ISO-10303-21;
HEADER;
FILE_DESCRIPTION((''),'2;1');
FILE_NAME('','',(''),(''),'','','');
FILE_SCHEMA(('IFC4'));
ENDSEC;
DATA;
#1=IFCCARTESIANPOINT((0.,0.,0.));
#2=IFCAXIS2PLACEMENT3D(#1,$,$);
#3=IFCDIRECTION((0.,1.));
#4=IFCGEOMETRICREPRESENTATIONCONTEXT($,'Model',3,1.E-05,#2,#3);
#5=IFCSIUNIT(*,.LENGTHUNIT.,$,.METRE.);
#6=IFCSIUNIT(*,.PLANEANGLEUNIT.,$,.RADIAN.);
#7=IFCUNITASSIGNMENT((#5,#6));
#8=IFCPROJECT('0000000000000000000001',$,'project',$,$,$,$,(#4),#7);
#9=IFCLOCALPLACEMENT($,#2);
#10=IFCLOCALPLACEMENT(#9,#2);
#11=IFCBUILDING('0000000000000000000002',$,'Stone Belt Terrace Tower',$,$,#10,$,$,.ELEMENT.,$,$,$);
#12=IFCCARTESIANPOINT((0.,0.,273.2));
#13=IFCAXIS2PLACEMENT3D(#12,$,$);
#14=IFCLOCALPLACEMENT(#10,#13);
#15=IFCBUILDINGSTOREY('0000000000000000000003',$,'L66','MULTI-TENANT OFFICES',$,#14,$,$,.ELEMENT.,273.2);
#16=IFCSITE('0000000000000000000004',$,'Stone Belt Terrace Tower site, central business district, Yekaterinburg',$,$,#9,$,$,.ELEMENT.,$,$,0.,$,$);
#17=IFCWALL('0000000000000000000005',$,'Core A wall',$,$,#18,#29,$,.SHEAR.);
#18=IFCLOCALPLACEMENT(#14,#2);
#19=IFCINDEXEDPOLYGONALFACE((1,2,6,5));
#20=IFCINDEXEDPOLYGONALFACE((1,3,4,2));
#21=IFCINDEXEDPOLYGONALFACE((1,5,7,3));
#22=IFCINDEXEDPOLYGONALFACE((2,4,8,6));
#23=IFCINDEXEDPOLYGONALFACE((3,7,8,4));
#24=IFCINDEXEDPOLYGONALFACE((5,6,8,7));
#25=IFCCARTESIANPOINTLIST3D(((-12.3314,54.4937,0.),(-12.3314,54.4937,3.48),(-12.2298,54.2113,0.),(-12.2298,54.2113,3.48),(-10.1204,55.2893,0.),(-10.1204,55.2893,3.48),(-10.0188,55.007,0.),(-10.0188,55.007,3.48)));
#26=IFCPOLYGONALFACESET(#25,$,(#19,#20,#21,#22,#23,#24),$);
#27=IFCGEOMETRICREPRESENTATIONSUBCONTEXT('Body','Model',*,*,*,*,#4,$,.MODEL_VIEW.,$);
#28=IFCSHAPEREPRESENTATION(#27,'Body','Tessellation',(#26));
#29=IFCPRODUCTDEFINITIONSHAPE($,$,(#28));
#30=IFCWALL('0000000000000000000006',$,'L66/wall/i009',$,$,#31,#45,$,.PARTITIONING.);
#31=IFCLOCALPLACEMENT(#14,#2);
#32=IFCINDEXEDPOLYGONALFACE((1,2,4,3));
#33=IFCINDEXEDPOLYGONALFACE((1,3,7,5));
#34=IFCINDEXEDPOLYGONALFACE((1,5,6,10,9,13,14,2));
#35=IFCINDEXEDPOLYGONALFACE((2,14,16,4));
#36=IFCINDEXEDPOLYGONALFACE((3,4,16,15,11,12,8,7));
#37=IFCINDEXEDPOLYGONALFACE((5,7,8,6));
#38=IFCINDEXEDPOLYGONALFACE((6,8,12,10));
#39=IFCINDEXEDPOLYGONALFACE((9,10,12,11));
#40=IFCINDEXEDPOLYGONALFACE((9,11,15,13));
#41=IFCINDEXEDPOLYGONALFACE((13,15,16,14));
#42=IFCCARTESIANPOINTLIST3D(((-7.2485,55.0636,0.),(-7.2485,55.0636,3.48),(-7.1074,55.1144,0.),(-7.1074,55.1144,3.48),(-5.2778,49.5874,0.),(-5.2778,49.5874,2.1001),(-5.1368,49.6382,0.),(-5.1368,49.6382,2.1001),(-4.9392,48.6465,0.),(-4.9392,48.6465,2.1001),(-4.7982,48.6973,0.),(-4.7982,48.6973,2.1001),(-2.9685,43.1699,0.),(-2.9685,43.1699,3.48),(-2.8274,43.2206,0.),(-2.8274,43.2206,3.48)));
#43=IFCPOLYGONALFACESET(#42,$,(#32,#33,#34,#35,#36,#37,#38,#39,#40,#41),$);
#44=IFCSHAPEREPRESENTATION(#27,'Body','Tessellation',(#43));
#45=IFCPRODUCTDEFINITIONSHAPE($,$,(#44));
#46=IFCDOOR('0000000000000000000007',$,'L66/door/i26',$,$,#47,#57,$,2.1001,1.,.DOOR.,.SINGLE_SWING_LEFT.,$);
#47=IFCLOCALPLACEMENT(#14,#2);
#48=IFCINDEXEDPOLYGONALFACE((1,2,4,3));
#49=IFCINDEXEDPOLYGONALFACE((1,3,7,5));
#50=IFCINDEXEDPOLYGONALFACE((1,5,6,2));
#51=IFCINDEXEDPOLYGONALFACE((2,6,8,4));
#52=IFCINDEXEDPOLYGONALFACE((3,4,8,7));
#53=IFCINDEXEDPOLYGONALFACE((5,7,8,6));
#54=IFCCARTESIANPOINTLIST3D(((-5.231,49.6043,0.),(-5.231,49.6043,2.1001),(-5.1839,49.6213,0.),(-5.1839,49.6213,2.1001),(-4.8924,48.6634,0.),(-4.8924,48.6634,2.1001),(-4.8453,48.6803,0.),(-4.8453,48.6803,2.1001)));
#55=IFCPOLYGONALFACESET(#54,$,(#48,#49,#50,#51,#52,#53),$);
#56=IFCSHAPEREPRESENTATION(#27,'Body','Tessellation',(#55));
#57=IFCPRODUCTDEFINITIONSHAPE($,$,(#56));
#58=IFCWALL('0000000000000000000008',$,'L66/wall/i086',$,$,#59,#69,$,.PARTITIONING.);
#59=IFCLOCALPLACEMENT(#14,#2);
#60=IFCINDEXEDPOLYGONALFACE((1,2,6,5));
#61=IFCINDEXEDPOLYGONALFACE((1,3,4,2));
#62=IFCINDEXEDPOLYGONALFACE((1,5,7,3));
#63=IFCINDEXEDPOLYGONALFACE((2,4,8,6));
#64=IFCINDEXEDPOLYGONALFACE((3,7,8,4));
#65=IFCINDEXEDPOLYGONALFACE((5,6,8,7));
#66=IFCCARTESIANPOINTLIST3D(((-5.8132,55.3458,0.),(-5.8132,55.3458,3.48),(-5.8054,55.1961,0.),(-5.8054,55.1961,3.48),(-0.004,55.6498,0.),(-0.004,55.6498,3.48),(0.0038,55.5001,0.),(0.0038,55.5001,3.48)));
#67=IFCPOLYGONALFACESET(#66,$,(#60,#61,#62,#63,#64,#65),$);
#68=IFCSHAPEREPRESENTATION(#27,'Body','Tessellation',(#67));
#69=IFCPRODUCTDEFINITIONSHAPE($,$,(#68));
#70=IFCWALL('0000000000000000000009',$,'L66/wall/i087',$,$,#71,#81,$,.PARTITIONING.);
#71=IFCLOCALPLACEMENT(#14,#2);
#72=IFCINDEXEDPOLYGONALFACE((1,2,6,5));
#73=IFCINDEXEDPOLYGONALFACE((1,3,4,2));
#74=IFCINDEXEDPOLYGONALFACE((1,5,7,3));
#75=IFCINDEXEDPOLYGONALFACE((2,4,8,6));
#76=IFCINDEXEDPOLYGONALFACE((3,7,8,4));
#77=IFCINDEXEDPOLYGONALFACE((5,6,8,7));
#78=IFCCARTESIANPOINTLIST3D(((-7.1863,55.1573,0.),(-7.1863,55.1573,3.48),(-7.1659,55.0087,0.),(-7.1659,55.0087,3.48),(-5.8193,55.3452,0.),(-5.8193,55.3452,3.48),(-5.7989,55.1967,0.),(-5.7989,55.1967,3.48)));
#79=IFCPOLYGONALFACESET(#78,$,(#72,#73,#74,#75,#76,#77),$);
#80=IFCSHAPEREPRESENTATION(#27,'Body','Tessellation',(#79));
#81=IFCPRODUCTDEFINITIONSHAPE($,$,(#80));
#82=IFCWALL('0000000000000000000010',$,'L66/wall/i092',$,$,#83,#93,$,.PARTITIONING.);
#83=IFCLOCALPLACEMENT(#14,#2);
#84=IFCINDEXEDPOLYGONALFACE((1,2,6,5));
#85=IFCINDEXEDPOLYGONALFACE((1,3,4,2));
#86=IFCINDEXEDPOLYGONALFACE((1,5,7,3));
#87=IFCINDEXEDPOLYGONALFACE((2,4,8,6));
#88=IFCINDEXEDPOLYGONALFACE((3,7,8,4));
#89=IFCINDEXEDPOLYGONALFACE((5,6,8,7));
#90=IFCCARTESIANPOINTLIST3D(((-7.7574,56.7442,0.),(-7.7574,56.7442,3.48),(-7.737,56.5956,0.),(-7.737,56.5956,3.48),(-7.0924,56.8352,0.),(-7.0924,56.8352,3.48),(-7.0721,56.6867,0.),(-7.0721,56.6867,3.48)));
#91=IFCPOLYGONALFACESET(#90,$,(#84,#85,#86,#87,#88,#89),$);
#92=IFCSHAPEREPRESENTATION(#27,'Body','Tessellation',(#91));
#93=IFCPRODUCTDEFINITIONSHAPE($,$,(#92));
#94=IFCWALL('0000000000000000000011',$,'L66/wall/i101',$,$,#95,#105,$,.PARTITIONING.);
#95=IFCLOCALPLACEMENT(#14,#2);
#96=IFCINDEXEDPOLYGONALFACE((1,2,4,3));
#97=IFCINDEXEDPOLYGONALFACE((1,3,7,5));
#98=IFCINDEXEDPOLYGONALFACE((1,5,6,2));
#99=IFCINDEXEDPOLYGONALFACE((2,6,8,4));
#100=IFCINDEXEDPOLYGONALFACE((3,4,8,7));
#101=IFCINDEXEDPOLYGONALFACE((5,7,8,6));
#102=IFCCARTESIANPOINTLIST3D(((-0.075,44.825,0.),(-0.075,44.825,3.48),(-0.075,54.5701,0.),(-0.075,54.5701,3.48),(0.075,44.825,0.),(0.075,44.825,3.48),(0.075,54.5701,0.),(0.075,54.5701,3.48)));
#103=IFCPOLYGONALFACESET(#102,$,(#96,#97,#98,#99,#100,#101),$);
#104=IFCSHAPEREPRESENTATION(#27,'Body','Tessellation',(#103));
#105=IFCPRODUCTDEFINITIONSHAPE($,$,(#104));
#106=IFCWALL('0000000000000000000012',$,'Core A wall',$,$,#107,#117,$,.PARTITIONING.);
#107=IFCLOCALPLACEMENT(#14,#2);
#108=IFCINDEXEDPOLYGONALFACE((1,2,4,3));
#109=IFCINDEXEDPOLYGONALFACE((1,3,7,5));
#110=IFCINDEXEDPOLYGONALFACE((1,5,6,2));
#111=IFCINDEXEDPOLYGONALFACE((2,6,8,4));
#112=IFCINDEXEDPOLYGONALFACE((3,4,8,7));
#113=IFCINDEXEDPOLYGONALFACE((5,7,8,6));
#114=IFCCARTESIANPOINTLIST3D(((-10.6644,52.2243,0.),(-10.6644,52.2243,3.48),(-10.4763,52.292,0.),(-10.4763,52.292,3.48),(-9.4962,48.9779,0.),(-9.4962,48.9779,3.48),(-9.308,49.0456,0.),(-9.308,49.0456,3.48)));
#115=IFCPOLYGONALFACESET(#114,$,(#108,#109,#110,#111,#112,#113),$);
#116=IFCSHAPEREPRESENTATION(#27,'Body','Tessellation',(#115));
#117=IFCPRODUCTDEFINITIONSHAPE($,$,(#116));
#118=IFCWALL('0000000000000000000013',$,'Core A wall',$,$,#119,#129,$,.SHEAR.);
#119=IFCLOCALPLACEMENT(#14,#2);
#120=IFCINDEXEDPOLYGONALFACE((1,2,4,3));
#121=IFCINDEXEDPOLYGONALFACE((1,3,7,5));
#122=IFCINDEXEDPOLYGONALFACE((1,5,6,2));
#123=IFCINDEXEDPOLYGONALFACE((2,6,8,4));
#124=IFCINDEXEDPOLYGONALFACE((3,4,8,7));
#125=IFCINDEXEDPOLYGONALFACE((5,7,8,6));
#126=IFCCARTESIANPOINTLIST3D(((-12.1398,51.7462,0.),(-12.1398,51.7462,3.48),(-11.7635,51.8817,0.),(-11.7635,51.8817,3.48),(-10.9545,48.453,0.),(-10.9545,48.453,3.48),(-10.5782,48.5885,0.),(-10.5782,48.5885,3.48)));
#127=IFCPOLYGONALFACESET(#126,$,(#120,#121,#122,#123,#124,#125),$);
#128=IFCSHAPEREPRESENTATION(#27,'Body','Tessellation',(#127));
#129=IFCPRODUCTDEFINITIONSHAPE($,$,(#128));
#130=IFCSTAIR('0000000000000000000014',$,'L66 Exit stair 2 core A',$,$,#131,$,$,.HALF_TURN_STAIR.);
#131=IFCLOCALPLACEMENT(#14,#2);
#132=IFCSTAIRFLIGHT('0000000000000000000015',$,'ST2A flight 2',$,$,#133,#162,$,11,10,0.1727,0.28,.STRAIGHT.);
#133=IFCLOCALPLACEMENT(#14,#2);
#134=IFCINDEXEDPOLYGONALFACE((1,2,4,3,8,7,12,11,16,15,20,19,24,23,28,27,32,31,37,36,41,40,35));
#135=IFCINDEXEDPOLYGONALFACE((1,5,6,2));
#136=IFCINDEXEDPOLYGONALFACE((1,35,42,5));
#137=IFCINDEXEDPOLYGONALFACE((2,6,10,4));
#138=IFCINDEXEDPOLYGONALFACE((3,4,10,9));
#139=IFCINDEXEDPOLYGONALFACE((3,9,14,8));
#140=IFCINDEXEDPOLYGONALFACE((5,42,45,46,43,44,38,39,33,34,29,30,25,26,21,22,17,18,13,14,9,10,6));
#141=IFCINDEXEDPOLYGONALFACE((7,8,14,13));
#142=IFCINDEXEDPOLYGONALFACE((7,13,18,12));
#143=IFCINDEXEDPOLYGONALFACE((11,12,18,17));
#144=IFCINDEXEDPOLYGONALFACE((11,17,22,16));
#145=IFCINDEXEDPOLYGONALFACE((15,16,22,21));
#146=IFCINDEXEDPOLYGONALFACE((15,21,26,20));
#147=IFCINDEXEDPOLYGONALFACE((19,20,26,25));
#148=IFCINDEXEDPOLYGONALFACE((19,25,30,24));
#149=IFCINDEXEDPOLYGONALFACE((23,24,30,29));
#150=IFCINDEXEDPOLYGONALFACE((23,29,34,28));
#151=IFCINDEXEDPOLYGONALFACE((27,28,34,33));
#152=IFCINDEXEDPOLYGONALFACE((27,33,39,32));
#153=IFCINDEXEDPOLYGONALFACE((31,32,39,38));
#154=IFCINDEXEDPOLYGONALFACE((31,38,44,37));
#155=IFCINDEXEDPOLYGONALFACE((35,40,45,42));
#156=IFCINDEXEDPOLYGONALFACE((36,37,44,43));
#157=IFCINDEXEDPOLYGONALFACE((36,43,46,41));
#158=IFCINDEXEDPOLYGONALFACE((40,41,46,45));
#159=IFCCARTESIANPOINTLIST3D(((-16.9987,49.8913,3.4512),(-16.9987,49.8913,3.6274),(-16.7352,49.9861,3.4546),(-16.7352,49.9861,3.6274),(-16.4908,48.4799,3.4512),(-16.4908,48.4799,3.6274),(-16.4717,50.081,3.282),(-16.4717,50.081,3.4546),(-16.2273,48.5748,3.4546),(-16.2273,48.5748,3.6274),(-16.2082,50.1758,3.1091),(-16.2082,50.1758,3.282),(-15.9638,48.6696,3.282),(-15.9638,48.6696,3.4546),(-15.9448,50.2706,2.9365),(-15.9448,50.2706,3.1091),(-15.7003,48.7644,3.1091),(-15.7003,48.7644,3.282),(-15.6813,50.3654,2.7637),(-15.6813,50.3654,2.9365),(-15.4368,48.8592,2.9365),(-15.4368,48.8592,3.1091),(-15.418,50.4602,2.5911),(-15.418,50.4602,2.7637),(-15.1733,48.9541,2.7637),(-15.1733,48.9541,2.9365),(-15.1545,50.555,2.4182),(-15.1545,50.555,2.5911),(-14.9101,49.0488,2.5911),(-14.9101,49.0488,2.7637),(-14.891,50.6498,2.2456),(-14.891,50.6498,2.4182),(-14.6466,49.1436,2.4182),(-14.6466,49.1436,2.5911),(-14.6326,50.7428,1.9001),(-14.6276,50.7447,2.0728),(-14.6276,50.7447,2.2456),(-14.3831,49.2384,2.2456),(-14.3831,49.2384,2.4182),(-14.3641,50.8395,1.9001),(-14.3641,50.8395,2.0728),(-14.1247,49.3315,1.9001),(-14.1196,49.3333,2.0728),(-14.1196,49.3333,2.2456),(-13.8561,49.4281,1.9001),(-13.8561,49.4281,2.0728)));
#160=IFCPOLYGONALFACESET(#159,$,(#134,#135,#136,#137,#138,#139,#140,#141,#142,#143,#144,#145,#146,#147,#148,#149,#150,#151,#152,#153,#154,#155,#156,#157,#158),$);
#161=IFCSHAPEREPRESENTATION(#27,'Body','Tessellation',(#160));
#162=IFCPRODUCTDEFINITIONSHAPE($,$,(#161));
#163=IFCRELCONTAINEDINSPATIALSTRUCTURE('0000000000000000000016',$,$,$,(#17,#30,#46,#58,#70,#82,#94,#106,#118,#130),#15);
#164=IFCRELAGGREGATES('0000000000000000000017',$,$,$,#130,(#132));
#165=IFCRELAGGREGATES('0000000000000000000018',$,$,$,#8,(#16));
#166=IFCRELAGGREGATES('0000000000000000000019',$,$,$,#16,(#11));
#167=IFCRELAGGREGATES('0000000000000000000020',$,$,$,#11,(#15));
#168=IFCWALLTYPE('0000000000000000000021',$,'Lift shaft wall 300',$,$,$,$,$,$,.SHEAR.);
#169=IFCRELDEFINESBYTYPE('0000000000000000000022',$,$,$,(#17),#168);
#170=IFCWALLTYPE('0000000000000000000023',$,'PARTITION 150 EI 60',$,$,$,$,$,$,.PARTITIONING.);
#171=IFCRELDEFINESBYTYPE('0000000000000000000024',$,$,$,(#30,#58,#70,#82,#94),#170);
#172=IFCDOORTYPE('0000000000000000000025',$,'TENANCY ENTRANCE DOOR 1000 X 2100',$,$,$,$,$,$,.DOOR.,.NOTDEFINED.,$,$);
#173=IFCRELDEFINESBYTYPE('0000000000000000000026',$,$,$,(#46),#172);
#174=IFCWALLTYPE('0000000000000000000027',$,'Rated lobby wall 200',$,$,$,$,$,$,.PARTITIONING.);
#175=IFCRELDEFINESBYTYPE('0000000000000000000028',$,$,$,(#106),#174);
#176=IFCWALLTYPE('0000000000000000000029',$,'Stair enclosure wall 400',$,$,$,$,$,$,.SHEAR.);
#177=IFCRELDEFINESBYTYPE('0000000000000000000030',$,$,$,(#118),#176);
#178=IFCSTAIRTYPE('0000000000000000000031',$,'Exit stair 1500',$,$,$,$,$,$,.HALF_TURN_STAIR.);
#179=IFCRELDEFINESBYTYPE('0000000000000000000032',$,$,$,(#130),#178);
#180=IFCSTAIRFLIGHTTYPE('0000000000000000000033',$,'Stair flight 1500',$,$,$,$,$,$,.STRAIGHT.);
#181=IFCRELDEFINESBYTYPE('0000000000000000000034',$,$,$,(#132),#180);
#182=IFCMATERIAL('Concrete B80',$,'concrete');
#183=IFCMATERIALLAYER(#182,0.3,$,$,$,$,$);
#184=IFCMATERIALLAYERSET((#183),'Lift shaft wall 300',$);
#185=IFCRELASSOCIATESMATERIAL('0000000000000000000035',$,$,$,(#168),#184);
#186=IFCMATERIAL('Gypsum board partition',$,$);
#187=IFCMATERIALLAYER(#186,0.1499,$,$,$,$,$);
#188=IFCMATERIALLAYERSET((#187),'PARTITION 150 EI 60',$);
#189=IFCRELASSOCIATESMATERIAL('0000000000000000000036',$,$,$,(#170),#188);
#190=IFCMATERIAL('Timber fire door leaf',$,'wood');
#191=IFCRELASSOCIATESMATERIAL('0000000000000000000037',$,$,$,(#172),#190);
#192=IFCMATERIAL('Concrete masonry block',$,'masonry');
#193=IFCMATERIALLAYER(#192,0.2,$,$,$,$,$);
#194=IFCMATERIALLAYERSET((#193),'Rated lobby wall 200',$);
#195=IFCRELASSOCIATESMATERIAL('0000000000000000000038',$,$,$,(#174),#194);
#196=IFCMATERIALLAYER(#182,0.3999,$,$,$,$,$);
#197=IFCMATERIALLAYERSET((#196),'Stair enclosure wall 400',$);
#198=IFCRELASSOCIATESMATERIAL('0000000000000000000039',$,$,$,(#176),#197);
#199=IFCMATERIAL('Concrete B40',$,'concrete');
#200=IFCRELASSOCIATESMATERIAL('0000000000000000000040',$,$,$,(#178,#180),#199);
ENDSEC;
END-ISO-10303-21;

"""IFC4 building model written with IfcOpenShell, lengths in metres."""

from ifc_helpers import new_model, si_unit, direction, frame, frame_2d, origin, place, context, subcontext, project, spatial, polyline, rectangle, outline, extrude, material, layer, layer_set, type_object, element, fill, aggregate, save


model = new_model("IFC4")

# Units and contexts
model_context = context("Model", 3, precision=1e-05, world=origin(), true_north=direction((0.0, 1.0)))
body_context = subcontext(model_context, "Body", "Model", "MODEL_VIEW")
ifc_project = project(units=[si_unit("LENGTHUNIT", "METRE"), si_unit("PLANEANGLEUNIT", "RADIAN")], contexts=[model_context])

# Site, building, storey
site_placement = place(None, origin())
site = spatial("IfcSite", under=ifc_project, at=site_placement, Name="Stone Belt Terrace Tower site, central business district, Yekaterinburg", CompositionType="ELEMENT", RefElevation=0.0)
building_placement = place(site_placement, origin())
building = spatial("IfcBuilding", under=site, at=building_placement, Name="Stone Belt Terrace Tower", CompositionType="ELEMENT")
storey_placement = place(building_placement, frame((0.0, 0.0, 273.2)))
storey = spatial("IfcBuildingStorey", under=building, at=storey_placement, Name="L66", Description="MULTI-TENANT OFFICES", CompositionType="ELEMENT", Elevation=273.2)

# Wall
ifc_material_1 = material(Name="Concrete B80", Category="concrete")
ifc_layer_1 = layer(ifc_material_1, 0.3)
ifc_layer_set_1 = layer_set([ifc_layer_1], Name="Lift shaft wall 300")
wall_type_1 = type_object("IfcWallType", Name="Lift shaft wall 300", PredefinedType="SHEAR", material=ifc_layer_set_1)
wall_1_placement = place(storey_placement, frame((-12.2805, 54.3525, 0.0), z_axis=(0.0, 0.0, 1.0), x_axis=(0.940926, 0.338613, 0.0)))
element("IfcWall", 1, at=wall_1_placement, inside=storey, type_object=wall_type_1, Name="Core A wall", PredefinedType="SHEAR", context=body_context, shape_type="SweptSolid", body=[
    extrude(rectangle(XDim=2.3499, YDim=0.3, at=frame_2d((1.1748, 0.0))), origin(), (0.0, 0.0, 1.0), 3.48),
])

# Wall, opening, door
ifc_material_2 = material(Name="Gypsum board partition")
ifc_layer_2 = layer(ifc_material_2, 0.1499)
ifc_layer_set_2 = layer_set([ifc_layer_2], Name="PARTITION 150 EI 60")
wall_type_2 = type_object("IfcWallType", Name="PARTITION 150 EI 60", PredefinedType="PARTITIONING", material=ifc_layer_set_2)
wall_2_placement = place(storey_placement, frame((-7.178, 55.0891, 0.0), z_axis=(0.0, 0.0, 1.0), x_axis=(0.338598, -0.940931, 0.0)))
wall_2 = element("IfcWall", 2, at=wall_2_placement, inside=storey, type_object=wall_type_2, Name="L66/wall/i009", PredefinedType="PARTITIONING", context=body_context, shape_type="SweptSolid", body=[
    extrude(rectangle(XDim=12.6404, YDim=0.1499, at=frame_2d((6.3203, 0.0))), origin(), (0.0, 0.0, 1.0), 3.48),
])
opening_1_placement = place(wall_2_placement, frame((5.8201, 0.0, 0.0)))
opening_1 = element("IfcOpeningElement", 3, at=opening_1_placement, cuts=wall_2, PredefinedType="OPENING", context=body_context, shape_type="SweptSolid", body=[
    extrude(rectangle(XDim=1.0, YDim=2.1001, at=frame_2d((0.5, 1.05))), frame((0.0, 0.085, 0.0), z_axis=(0.0, -1.0, 0.0), x_axis=(1.0, 0.0, 0.0)), (0.0, 0.0, 1.0), 0.1699),
])
ifc_material_3 = material(Name="Timber fire door leaf", Category="wood")
door_type_1 = type_object("IfcDoorType", Name="TENANCY ENTRANCE DOOR 1000 X 2100", OperationType="NOTDEFINED", PredefinedType="DOOR", material=ifc_material_3)
door_1_placement = place(opening_1_placement, origin())
door_1 = element("IfcDoor", 4, at=door_1_placement, inside=storey, type_object=door_type_1, Name="L66/door/i26", OperationType="SINGLE_SWING_LEFT", OverallHeight=2.1001, OverallWidth=1.0, PredefinedType="DOOR", context=body_context, shape_type="SweptSolid", body=[
    extrude(rectangle(XDim=1.0, YDim=2.1001, at=frame_2d((0.5, 1.05))), frame((0.0, 0.0249, 0.0), z_axis=(0.0, -1.0, 0.0), x_axis=(1.0, 0.0, 0.0)), (0.0, 0.0, 1.0), 0.05),
])
fill(opening_1, door_1)

# Walls
wall_3_placement = place(storey_placement, frame((0.0, 55.575, 0.0), z_axis=(0.0, 0.0, 1.0), x_axis=(-0.998634, -0.052253, 0.0)))
element("IfcWall", 5, at=wall_3_placement, inside=storey, type_object=wall_type_2, Name="L66/wall/i086", PredefinedType="PARTITIONING", context=body_context, shape_type="SweptSolid", body=[
    extrude(rectangle(XDim=5.8171, YDim=0.1499, at=frame_2d((2.9087, 0.0))), origin(), (0.0, 0.0, 1.0), 3.48),
])
wall_4_placement = place(storey_placement, frame((-5.8091, 55.271, 0.0), z_axis=(0.0, 0.0, 1.0), x_axis=(-0.990676, -0.136242, 0.0)))
element("IfcWall", 6, at=wall_4_placement, inside=storey, type_object=wall_type_2, Name="L66/wall/i087", PredefinedType="PARTITIONING", context=body_context, shape_type="SweptSolid", body=[
    extrude(rectangle(XDim=1.3799, YDim=0.1499, at=frame_2d((0.6899, 0.0))), origin(), (0.0, 0.0, 1.0), 3.48),
])
wall_5_placement = place(storey_placement, frame((-7.7471, 56.6699, 0.0), z_axis=(0.0, 0.0, 1.0), x_axis=(0.990755, 0.135665, 0.0)))
element("IfcWall", 7, at=wall_5_placement, inside=storey, type_object=wall_type_2, Name="L66/wall/i092", PredefinedType="PARTITIONING", context=body_context, shape_type="SweptSolid", body=[
    extrude(rectangle(XDim=0.6711, YDim=0.1499, at=frame_2d((0.3354, 0.0))), origin(), (0.0, 0.0, 1.0), 3.48),
])
wall_6_placement = place(storey_placement, frame((0.0, 54.5701, 0.0), z_axis=(0.0, 0.0, 1.0), x_axis=(0.0, -1.0, 0.0)))
element("IfcWall", 8, at=wall_6_placement, inside=storey, type_object=wall_type_2, Name="L66/wall/i101", PredefinedType="PARTITIONING", context=body_context, shape_type="SweptSolid", body=[
    extrude(rectangle(XDim=9.7451, YDim=0.1499, at=frame_2d((4.8726, 0.0))), origin(), (0.0, 0.0, 1.0), 3.48),
])
ifc_material_4 = material(Name="Concrete masonry block", Category="masonry")
ifc_layer_3 = layer(ifc_material_4, 0.2)
ifc_layer_set_3 = layer_set([ifc_layer_3], Name="Rated lobby wall 200")
wall_type_3 = type_object("IfcWallType", Name="Rated lobby wall 200", PredefinedType="PARTITIONING", material=ifc_layer_set_3)
wall_7_placement = place(storey_placement, frame((-9.4021, 49.0117, 0.0), z_axis=(0.0, 0.0, 1.0), x_axis=(-0.338599, 0.940931, 0.0)))
element("IfcWall", 9, at=wall_7_placement, inside=storey, type_object=wall_type_3, Name="Core A wall", PredefinedType="PARTITIONING", context=body_context, shape_type="SweptSolid", body=[
    extrude(rectangle(XDim=3.4502, YDim=0.2, at=frame_2d((1.7251, 0.0))), origin(), (0.0, 0.0, 1.0), 3.48),
])
ifc_layer_4 = layer(ifc_material_1, 0.3999)
ifc_layer_set_4 = layer_set([ifc_layer_4], Name="Stair enclosure wall 400")
wall_type_4 = type_object("IfcWallType", Name="Stair enclosure wall 400", PredefinedType="SHEAR", material=ifc_layer_set_4)
wall_8_placement = place(storey_placement, frame((-10.7664, 48.5208, 0.0), z_axis=(0.0, 0.0, 1.0), x_axis=(-0.338655, 0.940911, 0.0)))
element("IfcWall", 10, at=wall_8_placement, inside=storey, type_object=wall_type_4, Name="Core A wall", PredefinedType="SHEAR", context=body_context, shape_type="SweptSolid", body=[
    extrude(rectangle(XDim=3.5, YDim=0.3999, at=frame_2d((1.75, 0.0))), origin(), (0.0, 0.0, 1.0), 3.48),
])

# Stair, stair flight
ifc_material_5 = material(Name="Concrete B40", Category="concrete")
stair_type = type_object("IfcStairType", Name="Exit stair 1500", PredefinedType="HALF_TURN_STAIR", material=ifc_material_5)
stair_placement = place(storey_placement, origin())
stair = element("IfcStair", 11, at=stair_placement, inside=storey, type_object=stair_type, Name="L66 Exit stair 2 core A", PredefinedType="HALF_TURN_STAIR")
stair_flight_type = type_object("IfcStairFlightType", Name="Stair flight 1500", PredefinedType="STRAIGHT", material=ifc_material_5)
stair_flight_placement = place(storey_placement, frame((-14.1101, 50.1338, 1.9001), z_axis=(0.0, 0.0, 1.0), x_axis=(-0.940922, -0.338624, 0.0)))
stair_flight = element("IfcStairFlight", 12, at=stair_flight_placement, type_object=stair_flight_type, Name="ST2A flight 2", NumberOfRisers=11, NumberOfTreads=10, PredefinedType="STRAIGHT", RiserHeight=0.1727, TreadLength=0.28, context=body_context, shape_type="SweptSolid", body=[
    extrude(outline(polyline([(0.0, 0.0), (0.0, 0.1726), (0.28, 0.1726), (0.28, 0.3455), (0.5601, 0.3455), (0.5601, 0.5181), (0.8401, 0.5181), (0.8401, 0.6909), (1.1201, 0.6909), (1.1201, 0.8635), (1.3999, 0.8635), (1.3999, 1.0364), (1.6799, 1.0364), (1.6799, 1.209), (1.96, 1.209), (1.96, 1.3818), (2.24, 1.3818), (2.24, 1.5544), (2.52, 1.5544), (2.52, 1.7273), (2.8, 1.7273), (2.8, 1.8999), (2.8, 1.551), (0.2854, 0.0), (0.0, 0.0)])), frame((0.0, 0.75, 0.0), z_axis=(0.0, -1.0, 0.0), x_axis=(1.0, 0.0, 0.0)), (0.0, 0.0, 1.0), 1.5),
])
aggregate(stair, [stair_flight])

save(model, "model.ifc")
